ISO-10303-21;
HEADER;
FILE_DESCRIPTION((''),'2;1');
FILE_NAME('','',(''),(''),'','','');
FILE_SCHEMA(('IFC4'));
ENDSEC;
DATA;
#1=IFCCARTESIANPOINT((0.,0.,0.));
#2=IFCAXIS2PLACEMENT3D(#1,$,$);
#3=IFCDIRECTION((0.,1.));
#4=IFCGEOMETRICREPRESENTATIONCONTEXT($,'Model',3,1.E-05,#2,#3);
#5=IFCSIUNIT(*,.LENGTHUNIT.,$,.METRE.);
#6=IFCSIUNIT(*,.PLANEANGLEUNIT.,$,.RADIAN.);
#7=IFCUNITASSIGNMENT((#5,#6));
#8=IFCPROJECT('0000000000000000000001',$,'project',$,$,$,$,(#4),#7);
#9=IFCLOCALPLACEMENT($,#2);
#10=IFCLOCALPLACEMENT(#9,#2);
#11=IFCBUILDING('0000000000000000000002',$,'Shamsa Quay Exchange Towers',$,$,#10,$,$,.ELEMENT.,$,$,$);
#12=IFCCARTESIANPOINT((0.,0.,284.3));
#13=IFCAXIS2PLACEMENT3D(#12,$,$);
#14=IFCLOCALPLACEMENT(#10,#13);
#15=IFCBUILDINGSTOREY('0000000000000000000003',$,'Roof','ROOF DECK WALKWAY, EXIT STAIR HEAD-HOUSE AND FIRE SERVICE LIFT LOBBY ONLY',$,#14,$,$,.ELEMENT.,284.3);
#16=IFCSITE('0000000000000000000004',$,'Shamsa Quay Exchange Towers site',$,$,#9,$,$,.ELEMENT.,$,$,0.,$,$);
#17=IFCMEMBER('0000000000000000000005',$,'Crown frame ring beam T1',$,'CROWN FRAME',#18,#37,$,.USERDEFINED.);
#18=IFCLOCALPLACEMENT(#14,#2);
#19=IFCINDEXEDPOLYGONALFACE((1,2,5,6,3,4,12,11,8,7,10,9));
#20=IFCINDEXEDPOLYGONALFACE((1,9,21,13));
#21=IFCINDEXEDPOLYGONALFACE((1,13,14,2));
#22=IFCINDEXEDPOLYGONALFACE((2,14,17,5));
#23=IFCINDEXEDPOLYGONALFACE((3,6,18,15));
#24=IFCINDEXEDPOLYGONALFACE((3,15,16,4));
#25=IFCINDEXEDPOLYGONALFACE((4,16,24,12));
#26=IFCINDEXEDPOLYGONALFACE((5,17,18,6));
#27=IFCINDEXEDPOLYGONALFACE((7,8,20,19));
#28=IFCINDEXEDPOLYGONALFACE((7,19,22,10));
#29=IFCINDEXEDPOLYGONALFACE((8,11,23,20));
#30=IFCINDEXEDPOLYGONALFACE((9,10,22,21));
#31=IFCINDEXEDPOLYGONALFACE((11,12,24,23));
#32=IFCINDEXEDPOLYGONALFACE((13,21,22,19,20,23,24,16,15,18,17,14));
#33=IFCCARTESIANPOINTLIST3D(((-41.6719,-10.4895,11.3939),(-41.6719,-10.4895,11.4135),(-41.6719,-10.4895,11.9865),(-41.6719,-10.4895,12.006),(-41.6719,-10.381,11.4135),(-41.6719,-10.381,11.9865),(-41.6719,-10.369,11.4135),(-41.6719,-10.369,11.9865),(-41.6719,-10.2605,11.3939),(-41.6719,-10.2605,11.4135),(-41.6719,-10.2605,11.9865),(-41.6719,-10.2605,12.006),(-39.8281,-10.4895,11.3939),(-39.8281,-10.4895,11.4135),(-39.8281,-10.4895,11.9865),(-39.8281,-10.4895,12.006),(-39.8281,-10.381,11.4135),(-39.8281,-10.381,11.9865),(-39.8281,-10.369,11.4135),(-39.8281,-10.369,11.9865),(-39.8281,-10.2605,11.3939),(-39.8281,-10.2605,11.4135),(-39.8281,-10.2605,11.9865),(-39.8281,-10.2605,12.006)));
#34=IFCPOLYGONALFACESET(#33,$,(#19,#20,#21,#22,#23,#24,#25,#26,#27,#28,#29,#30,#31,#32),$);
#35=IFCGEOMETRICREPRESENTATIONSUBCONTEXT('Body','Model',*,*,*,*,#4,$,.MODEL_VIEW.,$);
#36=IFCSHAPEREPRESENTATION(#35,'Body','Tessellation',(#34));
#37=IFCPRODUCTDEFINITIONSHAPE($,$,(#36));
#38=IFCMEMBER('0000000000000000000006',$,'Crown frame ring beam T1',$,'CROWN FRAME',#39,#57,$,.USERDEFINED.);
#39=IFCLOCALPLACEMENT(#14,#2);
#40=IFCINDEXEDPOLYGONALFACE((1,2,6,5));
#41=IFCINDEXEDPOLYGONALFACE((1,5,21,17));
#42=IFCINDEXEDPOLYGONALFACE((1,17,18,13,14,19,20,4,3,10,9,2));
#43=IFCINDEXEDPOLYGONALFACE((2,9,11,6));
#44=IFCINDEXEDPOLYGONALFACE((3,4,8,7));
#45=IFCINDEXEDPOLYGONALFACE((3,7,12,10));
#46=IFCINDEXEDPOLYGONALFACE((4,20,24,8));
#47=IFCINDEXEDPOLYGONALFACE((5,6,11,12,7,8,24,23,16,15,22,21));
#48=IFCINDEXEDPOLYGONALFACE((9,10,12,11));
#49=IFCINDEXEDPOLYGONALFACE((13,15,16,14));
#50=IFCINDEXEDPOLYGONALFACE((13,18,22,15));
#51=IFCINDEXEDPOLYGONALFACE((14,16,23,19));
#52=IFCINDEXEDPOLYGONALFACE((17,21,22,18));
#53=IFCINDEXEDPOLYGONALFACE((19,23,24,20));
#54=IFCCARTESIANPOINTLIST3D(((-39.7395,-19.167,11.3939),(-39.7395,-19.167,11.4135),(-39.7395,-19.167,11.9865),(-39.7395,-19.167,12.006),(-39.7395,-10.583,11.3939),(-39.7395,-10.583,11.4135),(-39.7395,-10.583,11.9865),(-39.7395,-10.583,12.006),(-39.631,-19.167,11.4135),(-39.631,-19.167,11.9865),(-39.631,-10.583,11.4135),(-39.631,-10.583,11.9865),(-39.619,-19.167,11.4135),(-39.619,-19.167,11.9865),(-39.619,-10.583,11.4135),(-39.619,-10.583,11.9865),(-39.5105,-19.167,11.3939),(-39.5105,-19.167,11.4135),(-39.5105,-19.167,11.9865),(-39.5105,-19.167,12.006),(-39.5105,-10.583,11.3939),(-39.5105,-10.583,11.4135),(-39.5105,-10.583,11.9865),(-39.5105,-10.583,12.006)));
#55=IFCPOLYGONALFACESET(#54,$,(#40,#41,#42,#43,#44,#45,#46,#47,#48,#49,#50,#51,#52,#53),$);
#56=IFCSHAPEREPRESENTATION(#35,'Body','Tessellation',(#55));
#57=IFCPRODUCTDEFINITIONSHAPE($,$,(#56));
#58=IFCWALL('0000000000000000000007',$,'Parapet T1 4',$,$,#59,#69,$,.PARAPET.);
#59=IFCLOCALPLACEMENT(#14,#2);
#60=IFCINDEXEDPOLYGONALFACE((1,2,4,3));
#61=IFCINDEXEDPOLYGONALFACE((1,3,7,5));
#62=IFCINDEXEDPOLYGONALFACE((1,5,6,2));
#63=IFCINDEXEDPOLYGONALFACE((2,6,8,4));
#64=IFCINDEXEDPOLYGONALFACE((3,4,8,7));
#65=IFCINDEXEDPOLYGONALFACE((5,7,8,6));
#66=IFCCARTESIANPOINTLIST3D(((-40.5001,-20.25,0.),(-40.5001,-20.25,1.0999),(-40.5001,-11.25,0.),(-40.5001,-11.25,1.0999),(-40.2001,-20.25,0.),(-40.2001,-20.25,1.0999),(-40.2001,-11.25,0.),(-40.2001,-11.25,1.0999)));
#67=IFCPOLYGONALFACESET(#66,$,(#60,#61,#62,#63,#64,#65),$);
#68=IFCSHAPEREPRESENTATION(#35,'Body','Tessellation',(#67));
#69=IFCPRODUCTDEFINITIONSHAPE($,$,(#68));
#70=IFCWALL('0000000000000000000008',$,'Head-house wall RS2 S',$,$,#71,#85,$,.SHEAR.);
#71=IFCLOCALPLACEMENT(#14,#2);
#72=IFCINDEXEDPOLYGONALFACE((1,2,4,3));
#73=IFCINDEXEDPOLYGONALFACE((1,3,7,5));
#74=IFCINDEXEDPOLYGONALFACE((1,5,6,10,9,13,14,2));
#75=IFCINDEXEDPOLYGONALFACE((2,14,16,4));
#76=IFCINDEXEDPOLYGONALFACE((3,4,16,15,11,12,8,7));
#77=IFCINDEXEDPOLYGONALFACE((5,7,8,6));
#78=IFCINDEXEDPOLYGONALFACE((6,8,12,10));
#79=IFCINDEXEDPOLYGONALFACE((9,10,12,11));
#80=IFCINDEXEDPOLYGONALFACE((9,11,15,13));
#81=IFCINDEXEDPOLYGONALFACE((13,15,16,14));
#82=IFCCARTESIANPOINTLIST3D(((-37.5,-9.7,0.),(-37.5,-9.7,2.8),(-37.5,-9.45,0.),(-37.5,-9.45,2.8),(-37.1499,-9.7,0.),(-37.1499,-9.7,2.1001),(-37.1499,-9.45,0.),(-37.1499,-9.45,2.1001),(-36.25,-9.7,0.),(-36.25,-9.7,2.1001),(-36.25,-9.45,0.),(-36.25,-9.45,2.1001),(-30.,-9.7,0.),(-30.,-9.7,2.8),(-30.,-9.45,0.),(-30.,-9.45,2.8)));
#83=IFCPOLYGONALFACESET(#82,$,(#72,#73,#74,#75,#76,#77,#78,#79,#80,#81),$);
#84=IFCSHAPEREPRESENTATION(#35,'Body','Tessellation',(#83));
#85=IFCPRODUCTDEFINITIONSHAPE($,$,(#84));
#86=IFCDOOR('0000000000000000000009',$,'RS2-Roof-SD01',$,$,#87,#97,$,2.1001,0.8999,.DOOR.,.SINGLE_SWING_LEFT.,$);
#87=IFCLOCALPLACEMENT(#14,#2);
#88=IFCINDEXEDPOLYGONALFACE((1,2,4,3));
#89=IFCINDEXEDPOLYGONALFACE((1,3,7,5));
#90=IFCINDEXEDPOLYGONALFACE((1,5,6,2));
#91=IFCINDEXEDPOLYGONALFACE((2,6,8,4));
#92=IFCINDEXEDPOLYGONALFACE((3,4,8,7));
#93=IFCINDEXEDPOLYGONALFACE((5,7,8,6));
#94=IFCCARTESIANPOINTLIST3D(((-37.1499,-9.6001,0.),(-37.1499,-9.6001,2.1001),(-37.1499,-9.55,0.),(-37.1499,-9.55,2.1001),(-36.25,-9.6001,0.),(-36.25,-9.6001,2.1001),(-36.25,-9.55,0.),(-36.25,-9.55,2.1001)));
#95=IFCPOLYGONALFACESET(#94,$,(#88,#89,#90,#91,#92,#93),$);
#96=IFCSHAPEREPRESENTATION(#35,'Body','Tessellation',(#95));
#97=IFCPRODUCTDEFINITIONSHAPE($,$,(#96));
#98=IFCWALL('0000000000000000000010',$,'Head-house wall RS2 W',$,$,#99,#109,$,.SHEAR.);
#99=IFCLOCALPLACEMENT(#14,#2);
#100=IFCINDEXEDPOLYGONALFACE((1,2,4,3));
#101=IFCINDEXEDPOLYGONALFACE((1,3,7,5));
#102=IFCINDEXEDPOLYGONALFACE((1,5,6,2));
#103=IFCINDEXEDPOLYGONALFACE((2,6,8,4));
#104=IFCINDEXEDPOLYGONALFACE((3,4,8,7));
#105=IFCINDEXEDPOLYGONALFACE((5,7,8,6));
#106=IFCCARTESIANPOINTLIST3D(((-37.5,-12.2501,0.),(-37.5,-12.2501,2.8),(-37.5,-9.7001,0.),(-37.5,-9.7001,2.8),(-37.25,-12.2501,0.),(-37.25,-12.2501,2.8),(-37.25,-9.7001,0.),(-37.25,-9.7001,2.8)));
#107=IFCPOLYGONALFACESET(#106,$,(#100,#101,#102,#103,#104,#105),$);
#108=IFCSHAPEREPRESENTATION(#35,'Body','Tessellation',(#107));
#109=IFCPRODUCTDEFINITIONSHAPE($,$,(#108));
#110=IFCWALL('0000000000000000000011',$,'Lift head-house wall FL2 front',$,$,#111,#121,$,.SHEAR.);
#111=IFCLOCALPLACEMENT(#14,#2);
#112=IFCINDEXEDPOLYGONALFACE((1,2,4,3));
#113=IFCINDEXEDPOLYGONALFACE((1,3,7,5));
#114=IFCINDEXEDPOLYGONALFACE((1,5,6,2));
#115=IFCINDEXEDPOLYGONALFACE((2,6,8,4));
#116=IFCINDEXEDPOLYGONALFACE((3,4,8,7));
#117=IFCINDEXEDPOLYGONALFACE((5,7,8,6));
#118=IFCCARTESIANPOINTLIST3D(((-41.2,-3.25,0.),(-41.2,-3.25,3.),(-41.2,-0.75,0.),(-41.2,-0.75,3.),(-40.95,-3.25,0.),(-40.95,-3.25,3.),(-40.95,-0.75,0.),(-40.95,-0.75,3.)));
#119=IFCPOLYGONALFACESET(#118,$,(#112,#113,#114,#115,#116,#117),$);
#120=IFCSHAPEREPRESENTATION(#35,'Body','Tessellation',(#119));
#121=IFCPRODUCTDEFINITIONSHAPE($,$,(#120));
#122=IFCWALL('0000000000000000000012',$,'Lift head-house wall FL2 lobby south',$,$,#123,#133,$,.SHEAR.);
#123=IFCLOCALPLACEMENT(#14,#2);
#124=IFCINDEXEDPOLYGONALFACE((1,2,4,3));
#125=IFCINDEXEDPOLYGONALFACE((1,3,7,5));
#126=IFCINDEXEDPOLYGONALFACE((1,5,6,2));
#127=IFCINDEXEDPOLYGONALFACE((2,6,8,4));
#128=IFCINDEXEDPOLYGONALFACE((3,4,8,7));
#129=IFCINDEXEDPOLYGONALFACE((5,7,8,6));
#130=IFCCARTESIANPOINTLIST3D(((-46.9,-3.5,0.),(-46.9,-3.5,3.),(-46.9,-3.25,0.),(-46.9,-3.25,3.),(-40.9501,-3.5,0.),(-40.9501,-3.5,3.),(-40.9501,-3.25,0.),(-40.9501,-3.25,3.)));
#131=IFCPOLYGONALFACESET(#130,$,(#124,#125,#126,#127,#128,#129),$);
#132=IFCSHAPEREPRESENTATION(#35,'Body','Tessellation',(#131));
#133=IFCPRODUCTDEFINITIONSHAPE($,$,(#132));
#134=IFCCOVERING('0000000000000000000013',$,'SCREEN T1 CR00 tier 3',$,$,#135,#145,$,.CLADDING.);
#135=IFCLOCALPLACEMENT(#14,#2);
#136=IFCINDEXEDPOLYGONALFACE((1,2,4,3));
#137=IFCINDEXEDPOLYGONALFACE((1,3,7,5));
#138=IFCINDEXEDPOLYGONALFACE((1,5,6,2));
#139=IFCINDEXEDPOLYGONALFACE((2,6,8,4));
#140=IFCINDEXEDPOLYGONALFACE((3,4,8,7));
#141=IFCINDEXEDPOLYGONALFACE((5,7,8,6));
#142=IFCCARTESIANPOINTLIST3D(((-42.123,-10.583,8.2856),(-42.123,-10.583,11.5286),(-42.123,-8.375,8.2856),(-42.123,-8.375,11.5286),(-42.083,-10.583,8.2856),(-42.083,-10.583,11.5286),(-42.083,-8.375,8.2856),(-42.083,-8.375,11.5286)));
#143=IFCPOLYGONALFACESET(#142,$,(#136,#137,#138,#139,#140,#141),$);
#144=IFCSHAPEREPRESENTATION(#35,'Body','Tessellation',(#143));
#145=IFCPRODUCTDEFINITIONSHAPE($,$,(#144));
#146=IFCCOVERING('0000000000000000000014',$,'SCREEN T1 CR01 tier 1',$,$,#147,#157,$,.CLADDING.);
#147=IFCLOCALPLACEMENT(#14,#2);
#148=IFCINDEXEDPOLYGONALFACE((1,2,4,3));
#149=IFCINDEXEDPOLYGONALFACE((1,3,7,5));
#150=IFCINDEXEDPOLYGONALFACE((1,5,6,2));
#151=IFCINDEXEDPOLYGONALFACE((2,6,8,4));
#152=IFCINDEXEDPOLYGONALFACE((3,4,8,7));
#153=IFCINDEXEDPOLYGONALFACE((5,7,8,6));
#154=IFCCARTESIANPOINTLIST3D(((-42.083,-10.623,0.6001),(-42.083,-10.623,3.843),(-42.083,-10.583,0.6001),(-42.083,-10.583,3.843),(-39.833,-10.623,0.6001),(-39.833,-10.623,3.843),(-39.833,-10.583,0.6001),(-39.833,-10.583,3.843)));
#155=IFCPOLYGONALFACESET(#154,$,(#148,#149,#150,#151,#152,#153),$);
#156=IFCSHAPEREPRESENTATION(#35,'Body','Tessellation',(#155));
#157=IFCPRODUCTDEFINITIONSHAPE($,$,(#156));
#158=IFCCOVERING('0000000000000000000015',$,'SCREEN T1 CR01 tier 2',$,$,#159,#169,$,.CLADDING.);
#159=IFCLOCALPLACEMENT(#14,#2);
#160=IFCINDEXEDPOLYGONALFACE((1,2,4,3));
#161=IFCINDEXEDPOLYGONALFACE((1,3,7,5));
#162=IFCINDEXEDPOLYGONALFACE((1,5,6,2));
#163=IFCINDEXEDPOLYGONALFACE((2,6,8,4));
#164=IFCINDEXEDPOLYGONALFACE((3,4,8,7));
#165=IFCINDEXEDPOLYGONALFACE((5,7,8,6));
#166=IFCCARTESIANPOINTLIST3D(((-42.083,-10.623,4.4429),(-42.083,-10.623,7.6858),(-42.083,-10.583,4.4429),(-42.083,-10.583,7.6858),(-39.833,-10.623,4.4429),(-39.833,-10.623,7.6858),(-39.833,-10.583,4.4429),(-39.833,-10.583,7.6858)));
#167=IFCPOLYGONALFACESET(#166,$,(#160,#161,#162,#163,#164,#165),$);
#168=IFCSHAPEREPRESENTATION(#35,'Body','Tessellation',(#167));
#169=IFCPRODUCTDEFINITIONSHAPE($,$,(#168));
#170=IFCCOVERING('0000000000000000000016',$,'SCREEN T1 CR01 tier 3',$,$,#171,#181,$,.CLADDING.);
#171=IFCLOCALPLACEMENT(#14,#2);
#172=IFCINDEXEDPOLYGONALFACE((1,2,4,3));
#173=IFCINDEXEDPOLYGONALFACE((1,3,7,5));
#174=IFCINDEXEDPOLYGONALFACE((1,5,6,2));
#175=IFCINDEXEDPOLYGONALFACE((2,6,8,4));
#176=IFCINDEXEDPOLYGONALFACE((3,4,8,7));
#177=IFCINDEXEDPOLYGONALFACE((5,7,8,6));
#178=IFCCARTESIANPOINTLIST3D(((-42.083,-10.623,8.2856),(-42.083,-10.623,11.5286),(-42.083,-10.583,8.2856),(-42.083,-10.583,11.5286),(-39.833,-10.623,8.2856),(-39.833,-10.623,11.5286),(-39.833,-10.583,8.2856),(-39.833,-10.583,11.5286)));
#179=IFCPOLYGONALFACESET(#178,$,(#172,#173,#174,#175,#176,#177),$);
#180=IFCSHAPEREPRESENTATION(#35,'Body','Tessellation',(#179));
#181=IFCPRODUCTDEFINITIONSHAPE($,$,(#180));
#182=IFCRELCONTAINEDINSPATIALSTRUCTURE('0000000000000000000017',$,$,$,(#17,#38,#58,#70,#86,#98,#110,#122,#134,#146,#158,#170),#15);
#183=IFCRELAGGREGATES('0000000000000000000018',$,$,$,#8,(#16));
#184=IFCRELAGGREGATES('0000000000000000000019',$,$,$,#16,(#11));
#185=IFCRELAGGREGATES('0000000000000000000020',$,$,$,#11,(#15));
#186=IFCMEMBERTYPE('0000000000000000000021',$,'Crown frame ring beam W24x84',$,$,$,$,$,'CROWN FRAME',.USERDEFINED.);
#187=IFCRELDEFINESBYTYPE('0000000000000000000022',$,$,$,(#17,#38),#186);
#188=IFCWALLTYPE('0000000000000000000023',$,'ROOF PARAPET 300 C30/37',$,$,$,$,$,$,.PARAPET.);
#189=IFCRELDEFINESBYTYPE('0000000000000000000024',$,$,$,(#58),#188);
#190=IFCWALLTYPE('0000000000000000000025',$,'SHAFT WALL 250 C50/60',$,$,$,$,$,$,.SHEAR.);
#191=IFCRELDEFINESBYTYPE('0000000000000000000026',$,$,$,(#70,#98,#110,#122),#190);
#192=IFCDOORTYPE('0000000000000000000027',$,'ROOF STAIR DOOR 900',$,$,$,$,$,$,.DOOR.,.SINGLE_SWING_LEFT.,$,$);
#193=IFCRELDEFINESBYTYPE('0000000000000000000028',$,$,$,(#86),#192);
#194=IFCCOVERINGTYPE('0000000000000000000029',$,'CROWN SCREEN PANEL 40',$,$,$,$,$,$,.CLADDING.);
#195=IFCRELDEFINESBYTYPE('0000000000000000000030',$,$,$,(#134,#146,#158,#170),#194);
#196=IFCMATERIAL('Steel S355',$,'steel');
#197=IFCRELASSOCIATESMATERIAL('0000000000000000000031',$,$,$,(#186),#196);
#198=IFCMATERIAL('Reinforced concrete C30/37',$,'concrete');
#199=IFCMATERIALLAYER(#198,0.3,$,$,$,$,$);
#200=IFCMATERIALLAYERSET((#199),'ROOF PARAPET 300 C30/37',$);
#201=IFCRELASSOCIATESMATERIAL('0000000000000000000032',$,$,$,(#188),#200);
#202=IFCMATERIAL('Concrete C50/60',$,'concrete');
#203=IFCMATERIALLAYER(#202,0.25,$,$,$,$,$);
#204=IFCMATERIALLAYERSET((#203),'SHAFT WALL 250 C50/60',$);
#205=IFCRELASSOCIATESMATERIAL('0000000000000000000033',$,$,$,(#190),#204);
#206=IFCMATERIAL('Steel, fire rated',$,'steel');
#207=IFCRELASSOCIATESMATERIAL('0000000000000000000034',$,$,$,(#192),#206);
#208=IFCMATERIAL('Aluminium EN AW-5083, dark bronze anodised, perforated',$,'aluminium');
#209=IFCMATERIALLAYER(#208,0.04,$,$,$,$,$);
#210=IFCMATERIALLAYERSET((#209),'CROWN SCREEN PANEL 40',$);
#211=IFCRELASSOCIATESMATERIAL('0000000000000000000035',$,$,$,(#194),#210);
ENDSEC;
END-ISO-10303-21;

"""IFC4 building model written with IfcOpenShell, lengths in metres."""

from ifc_helpers import new_model, si_unit, direction, frame, frame_2d, origin, origin_2d, place, context, subcontext, project, spatial, rectangle, i_section, extrude, material, layer, layer_set, material_profile, profile_set, type_object, element, fill, save


model = new_model("IFC4")

# Units and contexts
model_context = context("Model", 3, precision=1e-05, world=origin(), true_north=direction((0.0, 1.0)))
body_context = subcontext(model_context, "Body", "Model", "MODEL_VIEW")
ifc_project = project(units=[si_unit("LENGTHUNIT", "METRE"), si_unit("PLANEANGLEUNIT", "RADIAN")], contexts=[model_context])

# Site, building, storey
site_placement = place(None, origin())
site = spatial("IfcSite", under=ifc_project, at=site_placement, Name="Shamsa Quay Exchange Towers site", CompositionType="ELEMENT", RefElevation=0.0)
building_placement = place(site_placement, origin())
building = spatial("IfcBuilding", under=site, at=building_placement, Name="Shamsa Quay Exchange Towers", CompositionType="ELEMENT")
storey_placement = place(building_placement, frame((0.0, 0.0, 284.3)))
storey = spatial("IfcBuildingStorey", under=building, at=storey_placement, Name="Roof", Description="ROOF DECK WALKWAY, EXIT STAIR HEAD-HOUSE AND FIRE SERVICE LIFT LOBBY ONLY", CompositionType="ELEMENT", Elevation=284.3)

# Members
ifc_material_1 = material(Name="Steel S355", Category="steel")
ifc_material_profile_1 = material_profile(ifc_material_1, i_section(OverallWidth=0.229, OverallDepth=0.6121, WebThickness=0.012, FlangeThickness=0.0195, at=origin_2d()), Name="W24x84")
ifc_profile_set_1 = profile_set([ifc_material_profile_1], Name="Steel S355")
member_type_1 = type_object("IfcMemberType", Name="Crown frame ring beam W24x84", ElementType="CROWN FRAME", PredefinedType="USERDEFINED", material=ifc_profile_set_1)
member_1_placement = place(storey_placement, frame((-41.6719, -10.375, 11.7), z_axis=(1.0, 0.0, 0.0), x_axis=(0.0, 1.0, 0.0)))
element("IfcMember", 1, at=member_1_placement, inside=storey, type_object=member_type_1, Name="Crown frame ring beam T1", ObjectType="CROWN FRAME", PredefinedType="USERDEFINED", context=body_context, shape_type="SweptSolid", body=[
    extrude(i_section(OverallWidth=0.229, OverallDepth=0.6121, WebThickness=0.012, FlangeThickness=0.0195, at=origin_2d()), origin(), (0.0, 0.0, 1.0), 1.8438),
])
member_2_placement = place(storey_placement, frame((-39.625, -10.583, 11.7), z_axis=(0.0, -1.0, 0.0), x_axis=(1.0, 0.0, 0.0)))
element("IfcMember", 2, at=member_2_placement, inside=storey, type_object=member_type_1, Name="Crown frame ring beam T1", ObjectType="CROWN FRAME", PredefinedType="USERDEFINED", context=body_context, shape_type="SweptSolid", body=[
    extrude(i_section(OverallWidth=0.229, OverallDepth=0.6121, WebThickness=0.012, FlangeThickness=0.0195, at=origin_2d()), origin(), (0.0, 0.0, 1.0), 8.584),
])

# Wall
ifc_material_2 = material(Name="Reinforced concrete C30/37", Category="concrete")
ifc_layer_1 = layer(ifc_material_2, 0.3)
ifc_layer_set_1 = layer_set([ifc_layer_1], Name="ROOF PARAPET 300 C30/37")
wall_type_1 = type_object("IfcWallType", Name="ROOF PARAPET 300 C30/37", PredefinedType="PARAPET", material=ifc_layer_set_1)
wall_1_placement = place(storey_placement, frame((-40.3501, -11.25, 0.0), z_axis=(0.0, 0.0, 1.0), x_axis=(0.0, -1.0, 0.0)))
element("IfcWall", 3, at=wall_1_placement, inside=storey, type_object=wall_type_1, Name="Parapet T1 4", PredefinedType="PARAPET", context=body_context, shape_type="SweptSolid", body=[
    extrude(rectangle(XDim=9.0, YDim=0.3, at=frame_2d((4.5, 0.0))), origin(), (0.0, 0.0, 1.0), 1.0999),
])

# Wall, opening, door
ifc_material_3 = material(Name="Concrete C50/60", Category="concrete")
ifc_layer_2 = layer(ifc_material_3, 0.25)
ifc_layer_set_2 = layer_set([ifc_layer_2], Name="SHAFT WALL 250 C50/60")
wall_type_2 = type_object("IfcWallType", Name="SHAFT WALL 250 C50/60", PredefinedType="SHEAR", material=ifc_layer_set_2)
wall_2_placement = place(storey_placement, frame((-37.5, -9.575, 0.0)))
wall_2 = element("IfcWall", 4, at=wall_2_placement, inside=storey, type_object=wall_type_2, Name="Head-house wall RS2 S", PredefinedType="SHEAR", context=body_context, shape_type="SweptSolid", body=[
    extrude(rectangle(XDim=7.5, YDim=0.25, at=frame_2d((3.75, 0.0))), origin(), (0.0, 0.0, 1.0), 2.8),
])
opening_placement = place(wall_2_placement, frame((0.3501, 0.0, 0.0)))
opening = element("IfcOpeningElement", 5, at=opening_placement, cuts=wall_2, PredefinedType="OPENING", context=body_context, shape_type="SweptSolid", body=[
    extrude(rectangle(XDim=0.8999, YDim=2.1001, at=frame_2d((0.45, 1.05))), frame((0.0, 0.135, 0.0), z_axis=(0.0, -1.0, 0.0), x_axis=(1.0, 0.0, 0.0)), (0.0, 0.0, 1.0), 0.27),
])
ifc_material_4 = material(Name="Steel, fire rated", Category="steel")
door_type = type_object("IfcDoorType", Name="ROOF STAIR DOOR 900", OperationType="SINGLE_SWING_LEFT", PredefinedType="DOOR", material=ifc_material_4)
door_placement = place(opening_placement, origin())
door = element("IfcDoor", 6, at=door_placement, inside=storey, type_object=door_type, Name="RS2-Roof-SD01", OperationType="SINGLE_SWING_LEFT", OverallHeight=2.1001, OverallWidth=0.8999, PredefinedType="DOOR", context=body_context, shape_type="SweptSolid", body=[
    extrude(rectangle(XDim=0.8999, YDim=2.1001, at=frame_2d((0.45, 1.05))), frame((0.0, 0.0249, 0.0), z_axis=(0.0, -1.0, 0.0), x_axis=(1.0, 0.0, 0.0)), (0.0, 0.0, 1.0), 0.05),
])
fill(opening, door)

# Walls
wall_3_placement = place(storey_placement, frame((-37.375, -12.25, 0.0), z_axis=(0.0, 0.0, 1.0), x_axis=(0.0, 1.0, 0.0)))
element("IfcWall", 7, at=wall_3_placement, inside=storey, type_object=wall_type_2, Name="Head-house wall RS2 W", PredefinedType="SHEAR", context=body_context, shape_type="SweptSolid", body=[
    extrude(rectangle(XDim=2.55, YDim=0.25, at=frame_2d((1.2749, 0.0))), origin(), (0.0, 0.0, 1.0), 2.8),
])
wall_4_placement = place(storey_placement, frame((-41.075, -3.25, 0.0), z_axis=(0.0, 0.0, 1.0), x_axis=(0.0, 1.0, 0.0)))
element("IfcWall", 8, at=wall_4_placement, inside=storey, type_object=wall_type_2, Name="Lift head-house wall FL2 front", PredefinedType="SHEAR", context=body_context, shape_type="SweptSolid", body=[
    extrude(rectangle(XDim=2.5, YDim=0.25, at=frame_2d((1.25, 0.0))), origin(), (0.0, 0.0, 1.0), 3.0),
])
wall_5_placement = place(storey_placement, frame((-40.95, -3.375, 0.0), z_axis=(0.0, 0.0, 1.0), x_axis=(-1.0, 0.0, 0.0)))
element("IfcWall", 9, at=wall_5_placement, inside=storey, type_object=wall_type_2, Name="Lift head-house wall FL2 lobby south", PredefinedType="SHEAR", context=body_context, shape_type="SweptSolid", body=[
    extrude(rectangle(XDim=5.95, YDim=0.25, at=frame_2d((2.9751, 0.0))), origin(), (0.0, 0.0, 1.0), 3.0),
])

# Coverings
ifc_material_5 = material(Name="Aluminium EN AW-5083, dark bronze anodised, perforated", Category="aluminium")
ifc_layer_3 = layer(ifc_material_5, 0.04)
ifc_layer_set_3 = layer_set([ifc_layer_3], Name="CROWN SCREEN PANEL 40")
covering_type = type_object("IfcCoveringType", Name="CROWN SCREEN PANEL 40", PredefinedType="CLADDING", material=ifc_layer_set_3)
covering_placement = place(storey_placement, frame((-42.103, -9.479, 8.2856), z_axis=(0.0, 0.0, 1.0), x_axis=(0.0, -1.0, 0.0)))
element("IfcCovering", 10, at=covering_placement, inside=storey, type_object=covering_type, Name="SCREEN T1 CR00 tier 3", PredefinedType="CLADDING", context=body_context, shape_type="SweptSolid", body=[
    extrude(rectangle(XDim=2.208, YDim=0.04, at=origin_2d()), origin(), (0.0, 0.0, 1.0), 3.2429),
])
for number, where, name in (
    (11, (-40.958, -10.603, 0.6001), "SCREEN T1 CR01 tier 1"),
    (12, (-40.958, -10.603, 4.4429), "SCREEN T1 CR01 tier 2"),
    (13, (-40.958, -10.603, 8.2856), "SCREEN T1 CR01 tier 3"),
):
    element("IfcCovering", number, at=place(storey_placement, frame(where)), inside=storey, type_object=covering_type, Name=name, PredefinedType="CLADDING", context=body_context, shape_type="SweptSolid", body=[
        extrude(rectangle(XDim=2.25, YDim=0.04, at=origin_2d()), origin(), (0.0, 0.0, 1.0), 3.2429),
    ])

save(model, "model.ifc")
